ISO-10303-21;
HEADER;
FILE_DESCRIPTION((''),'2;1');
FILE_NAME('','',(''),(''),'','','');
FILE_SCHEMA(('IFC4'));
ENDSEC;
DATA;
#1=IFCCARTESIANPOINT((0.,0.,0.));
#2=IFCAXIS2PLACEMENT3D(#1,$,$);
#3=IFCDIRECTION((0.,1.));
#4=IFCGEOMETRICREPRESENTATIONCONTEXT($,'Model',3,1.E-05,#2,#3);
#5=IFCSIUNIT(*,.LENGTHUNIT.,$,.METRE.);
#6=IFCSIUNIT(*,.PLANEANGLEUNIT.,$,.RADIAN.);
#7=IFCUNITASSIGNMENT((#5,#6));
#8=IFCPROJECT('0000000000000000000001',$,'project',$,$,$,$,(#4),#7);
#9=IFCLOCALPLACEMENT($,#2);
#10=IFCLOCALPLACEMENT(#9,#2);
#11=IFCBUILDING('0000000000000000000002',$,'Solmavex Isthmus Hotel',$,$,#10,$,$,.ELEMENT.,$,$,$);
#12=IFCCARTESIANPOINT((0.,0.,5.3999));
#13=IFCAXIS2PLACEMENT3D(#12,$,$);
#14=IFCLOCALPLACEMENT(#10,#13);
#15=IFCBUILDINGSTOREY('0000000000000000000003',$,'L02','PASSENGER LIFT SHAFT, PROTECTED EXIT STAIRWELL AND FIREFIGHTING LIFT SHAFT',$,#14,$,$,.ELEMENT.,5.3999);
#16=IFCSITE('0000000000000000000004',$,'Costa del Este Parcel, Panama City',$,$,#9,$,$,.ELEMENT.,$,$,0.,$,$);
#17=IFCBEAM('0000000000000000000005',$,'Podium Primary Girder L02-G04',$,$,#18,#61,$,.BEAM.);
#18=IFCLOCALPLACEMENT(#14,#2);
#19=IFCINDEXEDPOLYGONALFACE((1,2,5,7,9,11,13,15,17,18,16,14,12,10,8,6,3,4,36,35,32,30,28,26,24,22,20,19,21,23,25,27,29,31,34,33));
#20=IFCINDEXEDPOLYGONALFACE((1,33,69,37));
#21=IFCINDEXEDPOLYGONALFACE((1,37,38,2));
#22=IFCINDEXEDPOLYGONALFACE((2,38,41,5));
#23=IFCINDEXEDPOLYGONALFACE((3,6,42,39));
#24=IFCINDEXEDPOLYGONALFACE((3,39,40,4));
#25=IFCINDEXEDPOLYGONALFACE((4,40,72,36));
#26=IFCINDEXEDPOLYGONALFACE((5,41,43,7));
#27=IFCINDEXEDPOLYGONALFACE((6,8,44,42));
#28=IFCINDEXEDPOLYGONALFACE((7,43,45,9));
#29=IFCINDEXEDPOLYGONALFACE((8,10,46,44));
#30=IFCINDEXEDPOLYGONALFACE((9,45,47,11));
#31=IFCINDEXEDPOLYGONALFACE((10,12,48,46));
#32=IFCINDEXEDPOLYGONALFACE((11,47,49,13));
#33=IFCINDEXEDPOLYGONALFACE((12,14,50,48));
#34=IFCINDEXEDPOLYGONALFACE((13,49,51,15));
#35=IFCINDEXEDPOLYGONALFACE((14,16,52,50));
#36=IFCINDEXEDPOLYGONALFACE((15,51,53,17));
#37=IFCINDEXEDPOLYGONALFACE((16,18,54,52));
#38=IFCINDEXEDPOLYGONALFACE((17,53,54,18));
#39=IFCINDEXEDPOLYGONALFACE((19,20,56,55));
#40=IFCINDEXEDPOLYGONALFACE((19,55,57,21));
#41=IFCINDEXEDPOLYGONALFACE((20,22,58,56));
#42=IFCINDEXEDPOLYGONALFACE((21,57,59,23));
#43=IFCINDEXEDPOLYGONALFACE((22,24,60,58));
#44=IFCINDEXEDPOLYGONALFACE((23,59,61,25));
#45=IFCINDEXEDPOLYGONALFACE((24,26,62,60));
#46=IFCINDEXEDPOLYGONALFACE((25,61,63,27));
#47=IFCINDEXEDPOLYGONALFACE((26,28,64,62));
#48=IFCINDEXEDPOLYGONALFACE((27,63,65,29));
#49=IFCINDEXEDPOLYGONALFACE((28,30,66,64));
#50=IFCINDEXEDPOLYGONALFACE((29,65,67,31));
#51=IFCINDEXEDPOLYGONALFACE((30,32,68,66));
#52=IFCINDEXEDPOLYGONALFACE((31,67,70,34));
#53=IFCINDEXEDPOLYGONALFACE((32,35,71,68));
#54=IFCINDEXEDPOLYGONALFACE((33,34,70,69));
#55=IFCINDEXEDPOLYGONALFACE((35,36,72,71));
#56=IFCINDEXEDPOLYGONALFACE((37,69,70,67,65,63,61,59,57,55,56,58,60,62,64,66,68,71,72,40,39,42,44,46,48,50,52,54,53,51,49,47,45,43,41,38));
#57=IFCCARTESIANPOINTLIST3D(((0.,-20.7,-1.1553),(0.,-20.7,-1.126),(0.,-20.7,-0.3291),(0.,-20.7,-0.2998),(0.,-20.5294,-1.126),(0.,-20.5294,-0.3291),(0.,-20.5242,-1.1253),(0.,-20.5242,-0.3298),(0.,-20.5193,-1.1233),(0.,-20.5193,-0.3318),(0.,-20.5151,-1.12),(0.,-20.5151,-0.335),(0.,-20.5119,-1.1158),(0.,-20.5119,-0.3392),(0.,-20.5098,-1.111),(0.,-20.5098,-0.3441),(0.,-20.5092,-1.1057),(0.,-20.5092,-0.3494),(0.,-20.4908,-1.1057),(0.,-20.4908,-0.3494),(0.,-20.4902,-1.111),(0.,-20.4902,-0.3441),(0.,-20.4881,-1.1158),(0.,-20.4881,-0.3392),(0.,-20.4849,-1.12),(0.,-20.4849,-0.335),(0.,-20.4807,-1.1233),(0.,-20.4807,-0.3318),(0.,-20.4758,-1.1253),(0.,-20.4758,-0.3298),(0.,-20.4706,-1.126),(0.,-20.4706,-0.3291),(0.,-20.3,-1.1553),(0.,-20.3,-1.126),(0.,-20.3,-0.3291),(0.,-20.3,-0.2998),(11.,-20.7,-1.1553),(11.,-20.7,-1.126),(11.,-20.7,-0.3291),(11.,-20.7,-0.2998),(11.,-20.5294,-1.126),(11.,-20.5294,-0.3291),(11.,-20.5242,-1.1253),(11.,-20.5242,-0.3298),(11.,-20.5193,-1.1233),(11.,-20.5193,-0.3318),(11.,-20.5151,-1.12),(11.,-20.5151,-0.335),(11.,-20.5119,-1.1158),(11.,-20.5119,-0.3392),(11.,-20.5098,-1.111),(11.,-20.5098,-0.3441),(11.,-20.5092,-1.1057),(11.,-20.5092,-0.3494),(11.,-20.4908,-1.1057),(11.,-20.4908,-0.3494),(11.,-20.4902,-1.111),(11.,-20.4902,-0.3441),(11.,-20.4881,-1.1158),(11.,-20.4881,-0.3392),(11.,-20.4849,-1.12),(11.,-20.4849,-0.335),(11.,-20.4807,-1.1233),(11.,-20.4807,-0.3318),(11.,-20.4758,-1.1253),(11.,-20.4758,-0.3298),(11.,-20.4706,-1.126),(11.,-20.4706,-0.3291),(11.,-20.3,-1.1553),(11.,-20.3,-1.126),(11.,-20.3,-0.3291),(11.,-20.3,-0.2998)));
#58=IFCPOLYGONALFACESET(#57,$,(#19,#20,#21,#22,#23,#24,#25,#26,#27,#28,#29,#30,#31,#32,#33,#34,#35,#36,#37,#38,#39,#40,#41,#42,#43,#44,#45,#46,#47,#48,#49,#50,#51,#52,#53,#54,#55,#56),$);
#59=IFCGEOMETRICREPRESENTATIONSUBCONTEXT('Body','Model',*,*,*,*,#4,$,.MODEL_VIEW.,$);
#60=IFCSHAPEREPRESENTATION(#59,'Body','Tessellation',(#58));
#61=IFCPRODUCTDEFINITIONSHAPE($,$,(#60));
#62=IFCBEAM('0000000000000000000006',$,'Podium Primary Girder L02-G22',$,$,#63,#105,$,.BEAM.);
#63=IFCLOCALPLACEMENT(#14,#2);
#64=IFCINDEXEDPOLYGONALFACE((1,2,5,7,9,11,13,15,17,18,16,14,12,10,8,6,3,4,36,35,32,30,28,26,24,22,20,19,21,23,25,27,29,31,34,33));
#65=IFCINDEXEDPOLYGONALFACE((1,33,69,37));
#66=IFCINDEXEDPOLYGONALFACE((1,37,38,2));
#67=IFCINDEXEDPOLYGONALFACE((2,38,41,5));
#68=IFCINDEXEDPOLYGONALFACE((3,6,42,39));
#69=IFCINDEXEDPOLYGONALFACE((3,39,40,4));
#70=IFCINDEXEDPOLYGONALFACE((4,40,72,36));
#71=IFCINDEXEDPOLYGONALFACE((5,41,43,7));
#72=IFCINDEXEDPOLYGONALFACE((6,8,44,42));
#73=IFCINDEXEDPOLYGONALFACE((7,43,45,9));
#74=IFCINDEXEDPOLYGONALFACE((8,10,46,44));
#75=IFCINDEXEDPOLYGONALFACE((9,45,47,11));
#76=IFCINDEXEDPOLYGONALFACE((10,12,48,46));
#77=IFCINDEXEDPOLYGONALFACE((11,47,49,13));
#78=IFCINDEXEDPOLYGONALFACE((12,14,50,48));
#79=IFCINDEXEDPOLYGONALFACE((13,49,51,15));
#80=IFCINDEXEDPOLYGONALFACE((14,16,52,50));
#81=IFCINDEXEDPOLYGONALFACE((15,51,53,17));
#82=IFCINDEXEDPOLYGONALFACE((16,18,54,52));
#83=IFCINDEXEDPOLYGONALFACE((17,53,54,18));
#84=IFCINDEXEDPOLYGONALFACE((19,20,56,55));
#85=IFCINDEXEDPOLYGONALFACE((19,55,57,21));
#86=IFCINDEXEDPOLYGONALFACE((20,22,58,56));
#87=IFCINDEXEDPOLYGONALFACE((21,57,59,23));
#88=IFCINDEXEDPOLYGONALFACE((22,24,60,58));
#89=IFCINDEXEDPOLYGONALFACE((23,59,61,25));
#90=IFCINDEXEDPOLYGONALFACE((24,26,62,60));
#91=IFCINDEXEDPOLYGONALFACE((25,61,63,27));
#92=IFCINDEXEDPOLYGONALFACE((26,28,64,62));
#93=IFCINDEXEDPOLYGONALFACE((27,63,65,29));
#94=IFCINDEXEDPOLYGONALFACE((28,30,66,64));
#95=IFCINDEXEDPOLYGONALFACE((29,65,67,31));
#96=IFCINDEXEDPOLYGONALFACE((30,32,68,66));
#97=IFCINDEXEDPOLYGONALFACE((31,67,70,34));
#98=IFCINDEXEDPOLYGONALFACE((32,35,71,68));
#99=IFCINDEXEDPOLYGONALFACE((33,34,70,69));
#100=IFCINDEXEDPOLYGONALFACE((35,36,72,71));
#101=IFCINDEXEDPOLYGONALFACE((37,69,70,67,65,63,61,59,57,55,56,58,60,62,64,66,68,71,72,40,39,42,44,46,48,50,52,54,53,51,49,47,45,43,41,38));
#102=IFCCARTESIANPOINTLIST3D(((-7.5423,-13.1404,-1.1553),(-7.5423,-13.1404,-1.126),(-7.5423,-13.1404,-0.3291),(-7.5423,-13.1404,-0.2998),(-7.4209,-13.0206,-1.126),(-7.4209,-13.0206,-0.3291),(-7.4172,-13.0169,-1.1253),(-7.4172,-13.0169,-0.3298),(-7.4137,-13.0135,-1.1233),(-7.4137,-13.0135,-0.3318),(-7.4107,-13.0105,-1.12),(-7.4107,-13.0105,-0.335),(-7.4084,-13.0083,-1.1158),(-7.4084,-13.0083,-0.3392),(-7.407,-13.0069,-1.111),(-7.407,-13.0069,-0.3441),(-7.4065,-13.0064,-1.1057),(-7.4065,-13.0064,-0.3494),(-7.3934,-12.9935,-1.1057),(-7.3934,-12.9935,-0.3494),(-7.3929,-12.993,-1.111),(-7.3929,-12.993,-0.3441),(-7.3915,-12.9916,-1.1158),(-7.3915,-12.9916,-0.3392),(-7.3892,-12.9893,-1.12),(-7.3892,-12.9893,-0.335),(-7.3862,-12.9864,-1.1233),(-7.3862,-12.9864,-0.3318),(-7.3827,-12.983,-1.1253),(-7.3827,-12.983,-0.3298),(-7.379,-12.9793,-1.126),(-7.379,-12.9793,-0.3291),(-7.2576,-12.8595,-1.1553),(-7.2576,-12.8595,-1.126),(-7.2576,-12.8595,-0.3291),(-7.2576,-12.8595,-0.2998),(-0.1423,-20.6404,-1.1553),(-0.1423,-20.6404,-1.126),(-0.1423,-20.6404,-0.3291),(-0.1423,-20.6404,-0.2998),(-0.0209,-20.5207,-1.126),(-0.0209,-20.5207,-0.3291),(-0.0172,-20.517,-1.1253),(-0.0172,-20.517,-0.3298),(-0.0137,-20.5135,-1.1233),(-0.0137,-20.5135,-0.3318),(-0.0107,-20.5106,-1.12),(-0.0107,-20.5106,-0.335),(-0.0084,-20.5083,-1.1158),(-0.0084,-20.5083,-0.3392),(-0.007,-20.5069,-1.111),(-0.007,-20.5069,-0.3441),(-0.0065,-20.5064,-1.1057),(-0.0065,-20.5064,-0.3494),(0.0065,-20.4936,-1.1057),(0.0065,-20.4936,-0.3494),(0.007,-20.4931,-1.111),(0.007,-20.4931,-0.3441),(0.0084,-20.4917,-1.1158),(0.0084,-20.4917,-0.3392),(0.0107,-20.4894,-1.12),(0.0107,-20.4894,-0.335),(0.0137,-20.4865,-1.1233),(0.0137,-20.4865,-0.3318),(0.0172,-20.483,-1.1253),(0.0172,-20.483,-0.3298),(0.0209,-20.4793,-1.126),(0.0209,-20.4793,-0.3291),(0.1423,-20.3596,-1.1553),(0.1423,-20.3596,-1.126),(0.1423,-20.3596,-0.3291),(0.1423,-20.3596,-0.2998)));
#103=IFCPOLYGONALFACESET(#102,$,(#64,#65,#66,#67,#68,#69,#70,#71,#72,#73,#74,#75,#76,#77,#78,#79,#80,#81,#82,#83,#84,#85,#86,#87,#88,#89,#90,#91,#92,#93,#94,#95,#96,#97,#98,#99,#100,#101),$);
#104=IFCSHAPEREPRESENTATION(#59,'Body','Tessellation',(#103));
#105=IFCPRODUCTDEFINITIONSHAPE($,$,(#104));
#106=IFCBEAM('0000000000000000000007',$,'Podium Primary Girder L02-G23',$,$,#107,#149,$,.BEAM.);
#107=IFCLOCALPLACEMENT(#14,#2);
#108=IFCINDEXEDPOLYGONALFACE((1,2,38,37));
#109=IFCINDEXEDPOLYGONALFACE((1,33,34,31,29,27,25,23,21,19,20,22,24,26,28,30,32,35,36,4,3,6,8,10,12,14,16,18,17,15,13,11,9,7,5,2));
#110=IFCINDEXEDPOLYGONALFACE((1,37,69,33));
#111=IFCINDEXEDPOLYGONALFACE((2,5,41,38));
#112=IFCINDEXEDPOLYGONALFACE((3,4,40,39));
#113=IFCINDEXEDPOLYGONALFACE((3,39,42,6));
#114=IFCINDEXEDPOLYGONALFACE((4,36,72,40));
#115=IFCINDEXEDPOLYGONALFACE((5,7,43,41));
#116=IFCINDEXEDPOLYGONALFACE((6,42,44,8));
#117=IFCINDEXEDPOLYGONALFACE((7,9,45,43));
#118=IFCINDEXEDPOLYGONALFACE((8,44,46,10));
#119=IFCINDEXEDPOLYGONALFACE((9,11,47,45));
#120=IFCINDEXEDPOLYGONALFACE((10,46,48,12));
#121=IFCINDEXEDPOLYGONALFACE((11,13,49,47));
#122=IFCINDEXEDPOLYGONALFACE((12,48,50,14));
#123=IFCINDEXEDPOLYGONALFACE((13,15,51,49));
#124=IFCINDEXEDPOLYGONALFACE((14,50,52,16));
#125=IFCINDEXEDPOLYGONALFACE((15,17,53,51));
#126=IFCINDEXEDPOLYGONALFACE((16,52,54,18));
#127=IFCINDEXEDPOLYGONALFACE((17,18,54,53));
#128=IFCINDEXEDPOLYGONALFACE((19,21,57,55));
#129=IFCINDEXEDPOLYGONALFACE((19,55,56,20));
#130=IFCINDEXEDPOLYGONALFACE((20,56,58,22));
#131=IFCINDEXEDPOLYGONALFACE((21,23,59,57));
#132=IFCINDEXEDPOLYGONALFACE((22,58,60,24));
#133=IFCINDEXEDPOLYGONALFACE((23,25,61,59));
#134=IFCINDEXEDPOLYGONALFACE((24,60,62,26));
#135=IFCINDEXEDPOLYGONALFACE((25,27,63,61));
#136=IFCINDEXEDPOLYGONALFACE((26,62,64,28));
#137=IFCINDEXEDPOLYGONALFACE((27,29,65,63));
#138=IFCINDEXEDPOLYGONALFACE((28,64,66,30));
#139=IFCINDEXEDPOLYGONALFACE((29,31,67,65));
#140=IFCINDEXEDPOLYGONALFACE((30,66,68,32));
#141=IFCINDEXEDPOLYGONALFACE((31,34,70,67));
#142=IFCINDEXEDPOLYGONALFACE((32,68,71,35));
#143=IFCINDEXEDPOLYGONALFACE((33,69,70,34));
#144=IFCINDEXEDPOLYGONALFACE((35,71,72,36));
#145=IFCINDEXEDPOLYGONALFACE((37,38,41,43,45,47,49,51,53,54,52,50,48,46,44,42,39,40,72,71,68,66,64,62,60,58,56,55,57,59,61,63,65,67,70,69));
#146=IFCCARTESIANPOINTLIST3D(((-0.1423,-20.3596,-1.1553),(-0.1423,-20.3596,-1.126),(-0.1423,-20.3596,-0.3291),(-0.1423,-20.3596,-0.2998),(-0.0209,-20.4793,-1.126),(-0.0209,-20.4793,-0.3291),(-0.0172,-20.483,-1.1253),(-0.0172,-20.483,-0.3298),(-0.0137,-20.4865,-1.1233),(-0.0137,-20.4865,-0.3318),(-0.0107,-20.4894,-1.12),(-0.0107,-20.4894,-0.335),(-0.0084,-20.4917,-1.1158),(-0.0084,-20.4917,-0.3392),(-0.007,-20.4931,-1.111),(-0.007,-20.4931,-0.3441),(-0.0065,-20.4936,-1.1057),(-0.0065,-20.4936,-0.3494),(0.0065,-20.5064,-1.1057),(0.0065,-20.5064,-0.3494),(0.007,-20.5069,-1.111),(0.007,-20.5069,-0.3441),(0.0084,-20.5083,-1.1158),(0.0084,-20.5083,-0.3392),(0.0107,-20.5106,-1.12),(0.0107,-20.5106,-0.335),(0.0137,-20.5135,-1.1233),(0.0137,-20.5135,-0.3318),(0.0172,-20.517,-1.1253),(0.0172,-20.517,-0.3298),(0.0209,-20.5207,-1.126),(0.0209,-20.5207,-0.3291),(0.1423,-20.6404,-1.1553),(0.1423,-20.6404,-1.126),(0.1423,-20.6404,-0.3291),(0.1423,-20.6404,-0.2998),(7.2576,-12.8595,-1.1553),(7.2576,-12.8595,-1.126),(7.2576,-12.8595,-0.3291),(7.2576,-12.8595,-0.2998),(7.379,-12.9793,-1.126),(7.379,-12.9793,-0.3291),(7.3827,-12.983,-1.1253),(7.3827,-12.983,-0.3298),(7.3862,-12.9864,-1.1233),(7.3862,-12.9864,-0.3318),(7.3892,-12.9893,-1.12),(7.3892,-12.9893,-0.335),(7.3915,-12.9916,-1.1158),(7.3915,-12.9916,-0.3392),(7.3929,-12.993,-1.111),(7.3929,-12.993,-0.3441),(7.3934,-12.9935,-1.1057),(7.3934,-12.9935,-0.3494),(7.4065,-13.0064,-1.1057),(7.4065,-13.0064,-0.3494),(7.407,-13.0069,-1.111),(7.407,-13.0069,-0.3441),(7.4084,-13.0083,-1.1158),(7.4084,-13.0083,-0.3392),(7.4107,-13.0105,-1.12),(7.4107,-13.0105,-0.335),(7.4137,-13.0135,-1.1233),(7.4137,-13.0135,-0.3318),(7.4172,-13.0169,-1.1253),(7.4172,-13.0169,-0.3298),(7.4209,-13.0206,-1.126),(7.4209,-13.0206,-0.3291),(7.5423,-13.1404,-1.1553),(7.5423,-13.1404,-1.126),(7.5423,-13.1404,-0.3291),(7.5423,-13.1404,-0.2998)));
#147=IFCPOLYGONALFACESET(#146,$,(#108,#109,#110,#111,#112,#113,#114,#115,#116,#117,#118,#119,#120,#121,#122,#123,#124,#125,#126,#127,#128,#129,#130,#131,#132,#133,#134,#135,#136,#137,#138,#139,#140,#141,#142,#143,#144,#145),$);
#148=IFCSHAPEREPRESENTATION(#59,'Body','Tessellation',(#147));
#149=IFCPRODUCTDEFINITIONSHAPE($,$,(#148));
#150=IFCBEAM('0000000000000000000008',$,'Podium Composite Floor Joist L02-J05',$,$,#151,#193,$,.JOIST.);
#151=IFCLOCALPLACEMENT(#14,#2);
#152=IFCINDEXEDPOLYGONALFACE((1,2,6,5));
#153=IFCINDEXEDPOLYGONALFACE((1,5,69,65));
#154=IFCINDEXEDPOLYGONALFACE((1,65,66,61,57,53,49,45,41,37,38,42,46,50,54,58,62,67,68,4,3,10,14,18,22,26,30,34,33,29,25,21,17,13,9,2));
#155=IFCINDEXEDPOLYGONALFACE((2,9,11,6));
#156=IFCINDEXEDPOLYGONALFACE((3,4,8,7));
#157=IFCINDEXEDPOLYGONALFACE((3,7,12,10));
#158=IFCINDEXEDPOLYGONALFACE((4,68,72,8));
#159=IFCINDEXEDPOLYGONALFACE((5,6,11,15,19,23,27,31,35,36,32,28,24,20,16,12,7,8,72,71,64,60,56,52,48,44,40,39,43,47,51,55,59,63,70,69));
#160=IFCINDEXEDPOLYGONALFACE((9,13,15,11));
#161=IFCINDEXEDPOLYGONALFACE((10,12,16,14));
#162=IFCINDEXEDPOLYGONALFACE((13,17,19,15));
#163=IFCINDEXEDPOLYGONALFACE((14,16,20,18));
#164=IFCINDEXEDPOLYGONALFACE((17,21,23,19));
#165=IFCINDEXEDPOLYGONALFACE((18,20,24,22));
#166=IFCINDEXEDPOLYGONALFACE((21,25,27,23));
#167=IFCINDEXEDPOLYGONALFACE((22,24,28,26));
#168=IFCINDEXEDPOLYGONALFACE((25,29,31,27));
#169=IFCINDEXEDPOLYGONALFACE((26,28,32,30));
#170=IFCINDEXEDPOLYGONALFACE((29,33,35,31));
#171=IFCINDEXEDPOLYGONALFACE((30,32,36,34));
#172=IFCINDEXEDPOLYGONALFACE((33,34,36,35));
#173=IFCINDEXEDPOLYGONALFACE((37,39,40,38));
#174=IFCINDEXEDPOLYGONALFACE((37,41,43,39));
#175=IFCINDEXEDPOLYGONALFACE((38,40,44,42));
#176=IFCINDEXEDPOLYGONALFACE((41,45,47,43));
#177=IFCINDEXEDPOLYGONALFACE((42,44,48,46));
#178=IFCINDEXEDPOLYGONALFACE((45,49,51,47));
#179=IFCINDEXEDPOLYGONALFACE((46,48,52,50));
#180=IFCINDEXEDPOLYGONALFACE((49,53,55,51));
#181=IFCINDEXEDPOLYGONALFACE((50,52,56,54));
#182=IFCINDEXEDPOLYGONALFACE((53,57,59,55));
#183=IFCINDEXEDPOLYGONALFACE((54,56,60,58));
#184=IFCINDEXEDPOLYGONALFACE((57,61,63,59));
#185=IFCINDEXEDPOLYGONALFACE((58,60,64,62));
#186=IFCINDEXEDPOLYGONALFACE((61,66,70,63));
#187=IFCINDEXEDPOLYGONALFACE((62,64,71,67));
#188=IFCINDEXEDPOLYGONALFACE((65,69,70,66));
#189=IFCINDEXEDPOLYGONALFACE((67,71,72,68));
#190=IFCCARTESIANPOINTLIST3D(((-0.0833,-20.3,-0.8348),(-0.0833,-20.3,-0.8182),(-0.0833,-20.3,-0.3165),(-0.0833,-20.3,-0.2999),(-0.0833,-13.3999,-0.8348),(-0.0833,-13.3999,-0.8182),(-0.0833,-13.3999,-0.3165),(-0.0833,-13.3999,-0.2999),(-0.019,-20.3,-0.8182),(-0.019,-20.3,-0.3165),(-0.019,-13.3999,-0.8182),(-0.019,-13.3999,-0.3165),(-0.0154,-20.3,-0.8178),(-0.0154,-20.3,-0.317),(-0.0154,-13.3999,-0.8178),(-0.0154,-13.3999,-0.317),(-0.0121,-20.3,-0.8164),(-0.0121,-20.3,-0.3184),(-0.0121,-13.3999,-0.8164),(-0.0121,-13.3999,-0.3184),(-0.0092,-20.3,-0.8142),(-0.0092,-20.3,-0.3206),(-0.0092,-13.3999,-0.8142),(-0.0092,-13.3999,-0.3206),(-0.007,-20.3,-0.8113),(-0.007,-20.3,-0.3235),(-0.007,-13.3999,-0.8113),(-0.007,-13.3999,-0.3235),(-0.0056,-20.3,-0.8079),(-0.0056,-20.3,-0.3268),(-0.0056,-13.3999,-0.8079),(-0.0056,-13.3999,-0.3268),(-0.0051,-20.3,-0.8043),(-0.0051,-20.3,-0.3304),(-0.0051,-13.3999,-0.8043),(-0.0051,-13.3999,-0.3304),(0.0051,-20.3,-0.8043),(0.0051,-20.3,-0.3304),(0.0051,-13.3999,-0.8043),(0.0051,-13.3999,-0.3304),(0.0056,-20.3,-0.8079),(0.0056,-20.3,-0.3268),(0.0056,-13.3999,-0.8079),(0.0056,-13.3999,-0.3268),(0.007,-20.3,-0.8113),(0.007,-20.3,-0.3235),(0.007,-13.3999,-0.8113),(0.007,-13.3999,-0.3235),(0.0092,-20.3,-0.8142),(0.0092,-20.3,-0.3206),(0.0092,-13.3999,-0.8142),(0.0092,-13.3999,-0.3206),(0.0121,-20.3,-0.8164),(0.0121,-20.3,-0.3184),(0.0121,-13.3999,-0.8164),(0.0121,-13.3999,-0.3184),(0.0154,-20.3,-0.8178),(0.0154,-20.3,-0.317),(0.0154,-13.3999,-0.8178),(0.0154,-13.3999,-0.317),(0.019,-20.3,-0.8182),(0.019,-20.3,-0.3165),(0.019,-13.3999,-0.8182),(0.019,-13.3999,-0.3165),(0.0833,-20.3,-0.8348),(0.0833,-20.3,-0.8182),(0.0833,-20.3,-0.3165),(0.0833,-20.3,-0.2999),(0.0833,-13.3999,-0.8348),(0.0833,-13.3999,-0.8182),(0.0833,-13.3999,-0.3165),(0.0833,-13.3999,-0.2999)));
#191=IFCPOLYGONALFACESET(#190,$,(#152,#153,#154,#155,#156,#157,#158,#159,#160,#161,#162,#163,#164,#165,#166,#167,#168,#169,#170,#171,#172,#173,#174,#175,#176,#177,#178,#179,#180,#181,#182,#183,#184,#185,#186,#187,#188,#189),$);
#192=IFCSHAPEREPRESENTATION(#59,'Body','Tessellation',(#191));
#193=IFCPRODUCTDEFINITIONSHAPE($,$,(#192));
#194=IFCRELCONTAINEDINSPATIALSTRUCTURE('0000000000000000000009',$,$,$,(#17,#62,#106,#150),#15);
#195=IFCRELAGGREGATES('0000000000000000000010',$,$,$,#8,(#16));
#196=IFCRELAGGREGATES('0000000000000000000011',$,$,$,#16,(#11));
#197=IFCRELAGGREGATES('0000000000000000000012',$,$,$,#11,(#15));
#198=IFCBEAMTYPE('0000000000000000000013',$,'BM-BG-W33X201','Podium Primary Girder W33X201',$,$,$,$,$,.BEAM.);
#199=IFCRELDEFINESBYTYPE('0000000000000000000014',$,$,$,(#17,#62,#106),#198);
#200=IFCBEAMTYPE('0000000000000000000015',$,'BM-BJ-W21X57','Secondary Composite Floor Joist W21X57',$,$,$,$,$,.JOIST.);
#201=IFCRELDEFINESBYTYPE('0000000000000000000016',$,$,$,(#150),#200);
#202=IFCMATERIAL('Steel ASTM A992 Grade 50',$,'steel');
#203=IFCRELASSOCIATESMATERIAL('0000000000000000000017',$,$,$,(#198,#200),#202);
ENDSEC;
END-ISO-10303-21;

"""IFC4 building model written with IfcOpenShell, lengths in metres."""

from ifc_helpers import new_model, si_unit, direction, frame, origin, origin_2d, place, context, subcontext, project, spatial, i_section, extrude, material, material_profile, profile_set, type_object, element, save


model = new_model("IFC4")

# Units and contexts
model_context = context("Model", 3, precision=1e-05, world=origin(), true_north=direction((0.0, 1.0)))
body_context = subcontext(model_context, "Body", "Model", "MODEL_VIEW")
ifc_project = project(units=[si_unit("LENGTHUNIT", "METRE"), si_unit("PLANEANGLEUNIT", "RADIAN")], contexts=[model_context])

# Site, building, storey
site_placement = place(None, origin())
site = spatial("IfcSite", under=ifc_project, at=site_placement, Name="Costa del Este Parcel, Panama City", CompositionType="ELEMENT", RefElevation=0.0)
building_placement = place(site_placement, origin())
building = spatial("IfcBuilding", under=site, at=building_placement, Name="Solmavex Isthmus Hotel", CompositionType="ELEMENT")
storey_placement = place(building_placement, frame((0.0, 0.0, 5.3999)))
storey = spatial("IfcBuildingStorey", under=building, at=storey_placement, Name="L02", Description="PASSENGER LIFT SHAFT, PROTECTED EXIT STAIRWELL AND FIREFIGHTING LIFT SHAFT", CompositionType="ELEMENT", Elevation=5.3999)

# Beams
ifc_material_1 = material(Name="Steel ASTM A992 Grade 50", Category="steel")
ifc_material_profile_1 = material_profile(ifc_material_1, i_section(OverallWidth=0.3999, OverallDepth=0.8555, WebThickness=0.0183, FlangeThickness=0.0293, FilletRadius=0.0203, at=origin_2d()), Name="W33X201")
ifc_profile_set_1 = profile_set([ifc_material_profile_1], Name="Steel ASTM A992 Grade 50")
beam_type_1 = type_object("IfcBeamType", Name="BM-BG-W33X201", Description="Podium Primary Girder W33X201", PredefinedType="BEAM", material=ifc_profile_set_1)
beam_1_placement = place(storey_placement, frame((0.0, -20.5, -0.7275), z_axis=(1.0, 0.0, 0.0), x_axis=(0.0, 1.0, 0.0)))
element("IfcBeam", 1, at=beam_1_placement, inside=storey, type_object=beam_type_1, Name="Podium Primary Girder L02-G04", PredefinedType="BEAM", context=body_context, shape_type="SweptSolid", body=[
    extrude(i_section(OverallWidth=0.3999, OverallDepth=0.8555, WebThickness=0.0183, FlangeThickness=0.0293, FilletRadius=0.0203, at=origin_2d()), origin(), (0.0, 0.0, 1.0), 11.0),
])
for number, where, z_axis, x_axis, name in (
    (2, (0.0, -20.5, -0.7275), (-0.702341, 0.711841, 0.0), (-0.711841, -0.702341, 0.0), "Podium Primary Girder L02-G22"),
    (3, (0.0, -20.5, -0.7275), (0.702341, 0.711841, 0.0), (-0.711841, 0.702341, 0.0), "Podium Primary Girder L02-G23"),
):
    element("IfcBeam", number, at=place(storey_placement, frame(where, z_axis=z_axis, x_axis=x_axis)), inside=storey, type_object=beam_type_1, Name=name, PredefinedType="BEAM", context=body_context, shape_type="SweptSolid", body=[
        extrude(i_section(OverallWidth=0.3999, OverallDepth=0.8555, WebThickness=0.0183, FlangeThickness=0.0293, FilletRadius=0.0203, at=origin_2d()), origin(), (0.0, 0.0, 1.0), 10.5361),
    ])
ifc_material_profile_2 = material_profile(ifc_material_1, i_section(OverallWidth=0.1665, OverallDepth=0.5349, WebThickness=0.0103, FlangeThickness=0.0166, FilletRadius=0.0139, at=origin_2d()), Name="W21X57")
ifc_profile_set_2 = profile_set([ifc_material_profile_2], Name="Steel ASTM A992 Grade 50")
beam_type_2 = type_object("IfcBeamType", Name="BM-BJ-W21X57", Description="Secondary Composite Floor Joist W21X57", PredefinedType="JOIST", material=ifc_profile_set_2)
for number, where, z_axis, x_axis, name in (
    (4, (0.0, -20.3, -0.5674), (0.0, 1.0, 0.0), (-1.0, 0.0, 0.0), "Podium Composite Floor Joist L02-J05"),
):
    element("IfcBeam", number, at=place(storey_placement, frame(where, z_axis=z_axis, x_axis=x_axis)), inside=storey, type_object=beam_type_2, Name=name, PredefinedType="JOIST", context=body_context, shape_type="SweptSolid", body=[
        extrude(i_section(OverallWidth=0.1665, OverallDepth=0.5349, WebThickness=0.0103, FlangeThickness=0.0166, FilletRadius=0.0139, at=origin_2d()), origin(), (0.0, 0.0, 1.0), 6.9001),
    ])

save(model, "model.ifc")
